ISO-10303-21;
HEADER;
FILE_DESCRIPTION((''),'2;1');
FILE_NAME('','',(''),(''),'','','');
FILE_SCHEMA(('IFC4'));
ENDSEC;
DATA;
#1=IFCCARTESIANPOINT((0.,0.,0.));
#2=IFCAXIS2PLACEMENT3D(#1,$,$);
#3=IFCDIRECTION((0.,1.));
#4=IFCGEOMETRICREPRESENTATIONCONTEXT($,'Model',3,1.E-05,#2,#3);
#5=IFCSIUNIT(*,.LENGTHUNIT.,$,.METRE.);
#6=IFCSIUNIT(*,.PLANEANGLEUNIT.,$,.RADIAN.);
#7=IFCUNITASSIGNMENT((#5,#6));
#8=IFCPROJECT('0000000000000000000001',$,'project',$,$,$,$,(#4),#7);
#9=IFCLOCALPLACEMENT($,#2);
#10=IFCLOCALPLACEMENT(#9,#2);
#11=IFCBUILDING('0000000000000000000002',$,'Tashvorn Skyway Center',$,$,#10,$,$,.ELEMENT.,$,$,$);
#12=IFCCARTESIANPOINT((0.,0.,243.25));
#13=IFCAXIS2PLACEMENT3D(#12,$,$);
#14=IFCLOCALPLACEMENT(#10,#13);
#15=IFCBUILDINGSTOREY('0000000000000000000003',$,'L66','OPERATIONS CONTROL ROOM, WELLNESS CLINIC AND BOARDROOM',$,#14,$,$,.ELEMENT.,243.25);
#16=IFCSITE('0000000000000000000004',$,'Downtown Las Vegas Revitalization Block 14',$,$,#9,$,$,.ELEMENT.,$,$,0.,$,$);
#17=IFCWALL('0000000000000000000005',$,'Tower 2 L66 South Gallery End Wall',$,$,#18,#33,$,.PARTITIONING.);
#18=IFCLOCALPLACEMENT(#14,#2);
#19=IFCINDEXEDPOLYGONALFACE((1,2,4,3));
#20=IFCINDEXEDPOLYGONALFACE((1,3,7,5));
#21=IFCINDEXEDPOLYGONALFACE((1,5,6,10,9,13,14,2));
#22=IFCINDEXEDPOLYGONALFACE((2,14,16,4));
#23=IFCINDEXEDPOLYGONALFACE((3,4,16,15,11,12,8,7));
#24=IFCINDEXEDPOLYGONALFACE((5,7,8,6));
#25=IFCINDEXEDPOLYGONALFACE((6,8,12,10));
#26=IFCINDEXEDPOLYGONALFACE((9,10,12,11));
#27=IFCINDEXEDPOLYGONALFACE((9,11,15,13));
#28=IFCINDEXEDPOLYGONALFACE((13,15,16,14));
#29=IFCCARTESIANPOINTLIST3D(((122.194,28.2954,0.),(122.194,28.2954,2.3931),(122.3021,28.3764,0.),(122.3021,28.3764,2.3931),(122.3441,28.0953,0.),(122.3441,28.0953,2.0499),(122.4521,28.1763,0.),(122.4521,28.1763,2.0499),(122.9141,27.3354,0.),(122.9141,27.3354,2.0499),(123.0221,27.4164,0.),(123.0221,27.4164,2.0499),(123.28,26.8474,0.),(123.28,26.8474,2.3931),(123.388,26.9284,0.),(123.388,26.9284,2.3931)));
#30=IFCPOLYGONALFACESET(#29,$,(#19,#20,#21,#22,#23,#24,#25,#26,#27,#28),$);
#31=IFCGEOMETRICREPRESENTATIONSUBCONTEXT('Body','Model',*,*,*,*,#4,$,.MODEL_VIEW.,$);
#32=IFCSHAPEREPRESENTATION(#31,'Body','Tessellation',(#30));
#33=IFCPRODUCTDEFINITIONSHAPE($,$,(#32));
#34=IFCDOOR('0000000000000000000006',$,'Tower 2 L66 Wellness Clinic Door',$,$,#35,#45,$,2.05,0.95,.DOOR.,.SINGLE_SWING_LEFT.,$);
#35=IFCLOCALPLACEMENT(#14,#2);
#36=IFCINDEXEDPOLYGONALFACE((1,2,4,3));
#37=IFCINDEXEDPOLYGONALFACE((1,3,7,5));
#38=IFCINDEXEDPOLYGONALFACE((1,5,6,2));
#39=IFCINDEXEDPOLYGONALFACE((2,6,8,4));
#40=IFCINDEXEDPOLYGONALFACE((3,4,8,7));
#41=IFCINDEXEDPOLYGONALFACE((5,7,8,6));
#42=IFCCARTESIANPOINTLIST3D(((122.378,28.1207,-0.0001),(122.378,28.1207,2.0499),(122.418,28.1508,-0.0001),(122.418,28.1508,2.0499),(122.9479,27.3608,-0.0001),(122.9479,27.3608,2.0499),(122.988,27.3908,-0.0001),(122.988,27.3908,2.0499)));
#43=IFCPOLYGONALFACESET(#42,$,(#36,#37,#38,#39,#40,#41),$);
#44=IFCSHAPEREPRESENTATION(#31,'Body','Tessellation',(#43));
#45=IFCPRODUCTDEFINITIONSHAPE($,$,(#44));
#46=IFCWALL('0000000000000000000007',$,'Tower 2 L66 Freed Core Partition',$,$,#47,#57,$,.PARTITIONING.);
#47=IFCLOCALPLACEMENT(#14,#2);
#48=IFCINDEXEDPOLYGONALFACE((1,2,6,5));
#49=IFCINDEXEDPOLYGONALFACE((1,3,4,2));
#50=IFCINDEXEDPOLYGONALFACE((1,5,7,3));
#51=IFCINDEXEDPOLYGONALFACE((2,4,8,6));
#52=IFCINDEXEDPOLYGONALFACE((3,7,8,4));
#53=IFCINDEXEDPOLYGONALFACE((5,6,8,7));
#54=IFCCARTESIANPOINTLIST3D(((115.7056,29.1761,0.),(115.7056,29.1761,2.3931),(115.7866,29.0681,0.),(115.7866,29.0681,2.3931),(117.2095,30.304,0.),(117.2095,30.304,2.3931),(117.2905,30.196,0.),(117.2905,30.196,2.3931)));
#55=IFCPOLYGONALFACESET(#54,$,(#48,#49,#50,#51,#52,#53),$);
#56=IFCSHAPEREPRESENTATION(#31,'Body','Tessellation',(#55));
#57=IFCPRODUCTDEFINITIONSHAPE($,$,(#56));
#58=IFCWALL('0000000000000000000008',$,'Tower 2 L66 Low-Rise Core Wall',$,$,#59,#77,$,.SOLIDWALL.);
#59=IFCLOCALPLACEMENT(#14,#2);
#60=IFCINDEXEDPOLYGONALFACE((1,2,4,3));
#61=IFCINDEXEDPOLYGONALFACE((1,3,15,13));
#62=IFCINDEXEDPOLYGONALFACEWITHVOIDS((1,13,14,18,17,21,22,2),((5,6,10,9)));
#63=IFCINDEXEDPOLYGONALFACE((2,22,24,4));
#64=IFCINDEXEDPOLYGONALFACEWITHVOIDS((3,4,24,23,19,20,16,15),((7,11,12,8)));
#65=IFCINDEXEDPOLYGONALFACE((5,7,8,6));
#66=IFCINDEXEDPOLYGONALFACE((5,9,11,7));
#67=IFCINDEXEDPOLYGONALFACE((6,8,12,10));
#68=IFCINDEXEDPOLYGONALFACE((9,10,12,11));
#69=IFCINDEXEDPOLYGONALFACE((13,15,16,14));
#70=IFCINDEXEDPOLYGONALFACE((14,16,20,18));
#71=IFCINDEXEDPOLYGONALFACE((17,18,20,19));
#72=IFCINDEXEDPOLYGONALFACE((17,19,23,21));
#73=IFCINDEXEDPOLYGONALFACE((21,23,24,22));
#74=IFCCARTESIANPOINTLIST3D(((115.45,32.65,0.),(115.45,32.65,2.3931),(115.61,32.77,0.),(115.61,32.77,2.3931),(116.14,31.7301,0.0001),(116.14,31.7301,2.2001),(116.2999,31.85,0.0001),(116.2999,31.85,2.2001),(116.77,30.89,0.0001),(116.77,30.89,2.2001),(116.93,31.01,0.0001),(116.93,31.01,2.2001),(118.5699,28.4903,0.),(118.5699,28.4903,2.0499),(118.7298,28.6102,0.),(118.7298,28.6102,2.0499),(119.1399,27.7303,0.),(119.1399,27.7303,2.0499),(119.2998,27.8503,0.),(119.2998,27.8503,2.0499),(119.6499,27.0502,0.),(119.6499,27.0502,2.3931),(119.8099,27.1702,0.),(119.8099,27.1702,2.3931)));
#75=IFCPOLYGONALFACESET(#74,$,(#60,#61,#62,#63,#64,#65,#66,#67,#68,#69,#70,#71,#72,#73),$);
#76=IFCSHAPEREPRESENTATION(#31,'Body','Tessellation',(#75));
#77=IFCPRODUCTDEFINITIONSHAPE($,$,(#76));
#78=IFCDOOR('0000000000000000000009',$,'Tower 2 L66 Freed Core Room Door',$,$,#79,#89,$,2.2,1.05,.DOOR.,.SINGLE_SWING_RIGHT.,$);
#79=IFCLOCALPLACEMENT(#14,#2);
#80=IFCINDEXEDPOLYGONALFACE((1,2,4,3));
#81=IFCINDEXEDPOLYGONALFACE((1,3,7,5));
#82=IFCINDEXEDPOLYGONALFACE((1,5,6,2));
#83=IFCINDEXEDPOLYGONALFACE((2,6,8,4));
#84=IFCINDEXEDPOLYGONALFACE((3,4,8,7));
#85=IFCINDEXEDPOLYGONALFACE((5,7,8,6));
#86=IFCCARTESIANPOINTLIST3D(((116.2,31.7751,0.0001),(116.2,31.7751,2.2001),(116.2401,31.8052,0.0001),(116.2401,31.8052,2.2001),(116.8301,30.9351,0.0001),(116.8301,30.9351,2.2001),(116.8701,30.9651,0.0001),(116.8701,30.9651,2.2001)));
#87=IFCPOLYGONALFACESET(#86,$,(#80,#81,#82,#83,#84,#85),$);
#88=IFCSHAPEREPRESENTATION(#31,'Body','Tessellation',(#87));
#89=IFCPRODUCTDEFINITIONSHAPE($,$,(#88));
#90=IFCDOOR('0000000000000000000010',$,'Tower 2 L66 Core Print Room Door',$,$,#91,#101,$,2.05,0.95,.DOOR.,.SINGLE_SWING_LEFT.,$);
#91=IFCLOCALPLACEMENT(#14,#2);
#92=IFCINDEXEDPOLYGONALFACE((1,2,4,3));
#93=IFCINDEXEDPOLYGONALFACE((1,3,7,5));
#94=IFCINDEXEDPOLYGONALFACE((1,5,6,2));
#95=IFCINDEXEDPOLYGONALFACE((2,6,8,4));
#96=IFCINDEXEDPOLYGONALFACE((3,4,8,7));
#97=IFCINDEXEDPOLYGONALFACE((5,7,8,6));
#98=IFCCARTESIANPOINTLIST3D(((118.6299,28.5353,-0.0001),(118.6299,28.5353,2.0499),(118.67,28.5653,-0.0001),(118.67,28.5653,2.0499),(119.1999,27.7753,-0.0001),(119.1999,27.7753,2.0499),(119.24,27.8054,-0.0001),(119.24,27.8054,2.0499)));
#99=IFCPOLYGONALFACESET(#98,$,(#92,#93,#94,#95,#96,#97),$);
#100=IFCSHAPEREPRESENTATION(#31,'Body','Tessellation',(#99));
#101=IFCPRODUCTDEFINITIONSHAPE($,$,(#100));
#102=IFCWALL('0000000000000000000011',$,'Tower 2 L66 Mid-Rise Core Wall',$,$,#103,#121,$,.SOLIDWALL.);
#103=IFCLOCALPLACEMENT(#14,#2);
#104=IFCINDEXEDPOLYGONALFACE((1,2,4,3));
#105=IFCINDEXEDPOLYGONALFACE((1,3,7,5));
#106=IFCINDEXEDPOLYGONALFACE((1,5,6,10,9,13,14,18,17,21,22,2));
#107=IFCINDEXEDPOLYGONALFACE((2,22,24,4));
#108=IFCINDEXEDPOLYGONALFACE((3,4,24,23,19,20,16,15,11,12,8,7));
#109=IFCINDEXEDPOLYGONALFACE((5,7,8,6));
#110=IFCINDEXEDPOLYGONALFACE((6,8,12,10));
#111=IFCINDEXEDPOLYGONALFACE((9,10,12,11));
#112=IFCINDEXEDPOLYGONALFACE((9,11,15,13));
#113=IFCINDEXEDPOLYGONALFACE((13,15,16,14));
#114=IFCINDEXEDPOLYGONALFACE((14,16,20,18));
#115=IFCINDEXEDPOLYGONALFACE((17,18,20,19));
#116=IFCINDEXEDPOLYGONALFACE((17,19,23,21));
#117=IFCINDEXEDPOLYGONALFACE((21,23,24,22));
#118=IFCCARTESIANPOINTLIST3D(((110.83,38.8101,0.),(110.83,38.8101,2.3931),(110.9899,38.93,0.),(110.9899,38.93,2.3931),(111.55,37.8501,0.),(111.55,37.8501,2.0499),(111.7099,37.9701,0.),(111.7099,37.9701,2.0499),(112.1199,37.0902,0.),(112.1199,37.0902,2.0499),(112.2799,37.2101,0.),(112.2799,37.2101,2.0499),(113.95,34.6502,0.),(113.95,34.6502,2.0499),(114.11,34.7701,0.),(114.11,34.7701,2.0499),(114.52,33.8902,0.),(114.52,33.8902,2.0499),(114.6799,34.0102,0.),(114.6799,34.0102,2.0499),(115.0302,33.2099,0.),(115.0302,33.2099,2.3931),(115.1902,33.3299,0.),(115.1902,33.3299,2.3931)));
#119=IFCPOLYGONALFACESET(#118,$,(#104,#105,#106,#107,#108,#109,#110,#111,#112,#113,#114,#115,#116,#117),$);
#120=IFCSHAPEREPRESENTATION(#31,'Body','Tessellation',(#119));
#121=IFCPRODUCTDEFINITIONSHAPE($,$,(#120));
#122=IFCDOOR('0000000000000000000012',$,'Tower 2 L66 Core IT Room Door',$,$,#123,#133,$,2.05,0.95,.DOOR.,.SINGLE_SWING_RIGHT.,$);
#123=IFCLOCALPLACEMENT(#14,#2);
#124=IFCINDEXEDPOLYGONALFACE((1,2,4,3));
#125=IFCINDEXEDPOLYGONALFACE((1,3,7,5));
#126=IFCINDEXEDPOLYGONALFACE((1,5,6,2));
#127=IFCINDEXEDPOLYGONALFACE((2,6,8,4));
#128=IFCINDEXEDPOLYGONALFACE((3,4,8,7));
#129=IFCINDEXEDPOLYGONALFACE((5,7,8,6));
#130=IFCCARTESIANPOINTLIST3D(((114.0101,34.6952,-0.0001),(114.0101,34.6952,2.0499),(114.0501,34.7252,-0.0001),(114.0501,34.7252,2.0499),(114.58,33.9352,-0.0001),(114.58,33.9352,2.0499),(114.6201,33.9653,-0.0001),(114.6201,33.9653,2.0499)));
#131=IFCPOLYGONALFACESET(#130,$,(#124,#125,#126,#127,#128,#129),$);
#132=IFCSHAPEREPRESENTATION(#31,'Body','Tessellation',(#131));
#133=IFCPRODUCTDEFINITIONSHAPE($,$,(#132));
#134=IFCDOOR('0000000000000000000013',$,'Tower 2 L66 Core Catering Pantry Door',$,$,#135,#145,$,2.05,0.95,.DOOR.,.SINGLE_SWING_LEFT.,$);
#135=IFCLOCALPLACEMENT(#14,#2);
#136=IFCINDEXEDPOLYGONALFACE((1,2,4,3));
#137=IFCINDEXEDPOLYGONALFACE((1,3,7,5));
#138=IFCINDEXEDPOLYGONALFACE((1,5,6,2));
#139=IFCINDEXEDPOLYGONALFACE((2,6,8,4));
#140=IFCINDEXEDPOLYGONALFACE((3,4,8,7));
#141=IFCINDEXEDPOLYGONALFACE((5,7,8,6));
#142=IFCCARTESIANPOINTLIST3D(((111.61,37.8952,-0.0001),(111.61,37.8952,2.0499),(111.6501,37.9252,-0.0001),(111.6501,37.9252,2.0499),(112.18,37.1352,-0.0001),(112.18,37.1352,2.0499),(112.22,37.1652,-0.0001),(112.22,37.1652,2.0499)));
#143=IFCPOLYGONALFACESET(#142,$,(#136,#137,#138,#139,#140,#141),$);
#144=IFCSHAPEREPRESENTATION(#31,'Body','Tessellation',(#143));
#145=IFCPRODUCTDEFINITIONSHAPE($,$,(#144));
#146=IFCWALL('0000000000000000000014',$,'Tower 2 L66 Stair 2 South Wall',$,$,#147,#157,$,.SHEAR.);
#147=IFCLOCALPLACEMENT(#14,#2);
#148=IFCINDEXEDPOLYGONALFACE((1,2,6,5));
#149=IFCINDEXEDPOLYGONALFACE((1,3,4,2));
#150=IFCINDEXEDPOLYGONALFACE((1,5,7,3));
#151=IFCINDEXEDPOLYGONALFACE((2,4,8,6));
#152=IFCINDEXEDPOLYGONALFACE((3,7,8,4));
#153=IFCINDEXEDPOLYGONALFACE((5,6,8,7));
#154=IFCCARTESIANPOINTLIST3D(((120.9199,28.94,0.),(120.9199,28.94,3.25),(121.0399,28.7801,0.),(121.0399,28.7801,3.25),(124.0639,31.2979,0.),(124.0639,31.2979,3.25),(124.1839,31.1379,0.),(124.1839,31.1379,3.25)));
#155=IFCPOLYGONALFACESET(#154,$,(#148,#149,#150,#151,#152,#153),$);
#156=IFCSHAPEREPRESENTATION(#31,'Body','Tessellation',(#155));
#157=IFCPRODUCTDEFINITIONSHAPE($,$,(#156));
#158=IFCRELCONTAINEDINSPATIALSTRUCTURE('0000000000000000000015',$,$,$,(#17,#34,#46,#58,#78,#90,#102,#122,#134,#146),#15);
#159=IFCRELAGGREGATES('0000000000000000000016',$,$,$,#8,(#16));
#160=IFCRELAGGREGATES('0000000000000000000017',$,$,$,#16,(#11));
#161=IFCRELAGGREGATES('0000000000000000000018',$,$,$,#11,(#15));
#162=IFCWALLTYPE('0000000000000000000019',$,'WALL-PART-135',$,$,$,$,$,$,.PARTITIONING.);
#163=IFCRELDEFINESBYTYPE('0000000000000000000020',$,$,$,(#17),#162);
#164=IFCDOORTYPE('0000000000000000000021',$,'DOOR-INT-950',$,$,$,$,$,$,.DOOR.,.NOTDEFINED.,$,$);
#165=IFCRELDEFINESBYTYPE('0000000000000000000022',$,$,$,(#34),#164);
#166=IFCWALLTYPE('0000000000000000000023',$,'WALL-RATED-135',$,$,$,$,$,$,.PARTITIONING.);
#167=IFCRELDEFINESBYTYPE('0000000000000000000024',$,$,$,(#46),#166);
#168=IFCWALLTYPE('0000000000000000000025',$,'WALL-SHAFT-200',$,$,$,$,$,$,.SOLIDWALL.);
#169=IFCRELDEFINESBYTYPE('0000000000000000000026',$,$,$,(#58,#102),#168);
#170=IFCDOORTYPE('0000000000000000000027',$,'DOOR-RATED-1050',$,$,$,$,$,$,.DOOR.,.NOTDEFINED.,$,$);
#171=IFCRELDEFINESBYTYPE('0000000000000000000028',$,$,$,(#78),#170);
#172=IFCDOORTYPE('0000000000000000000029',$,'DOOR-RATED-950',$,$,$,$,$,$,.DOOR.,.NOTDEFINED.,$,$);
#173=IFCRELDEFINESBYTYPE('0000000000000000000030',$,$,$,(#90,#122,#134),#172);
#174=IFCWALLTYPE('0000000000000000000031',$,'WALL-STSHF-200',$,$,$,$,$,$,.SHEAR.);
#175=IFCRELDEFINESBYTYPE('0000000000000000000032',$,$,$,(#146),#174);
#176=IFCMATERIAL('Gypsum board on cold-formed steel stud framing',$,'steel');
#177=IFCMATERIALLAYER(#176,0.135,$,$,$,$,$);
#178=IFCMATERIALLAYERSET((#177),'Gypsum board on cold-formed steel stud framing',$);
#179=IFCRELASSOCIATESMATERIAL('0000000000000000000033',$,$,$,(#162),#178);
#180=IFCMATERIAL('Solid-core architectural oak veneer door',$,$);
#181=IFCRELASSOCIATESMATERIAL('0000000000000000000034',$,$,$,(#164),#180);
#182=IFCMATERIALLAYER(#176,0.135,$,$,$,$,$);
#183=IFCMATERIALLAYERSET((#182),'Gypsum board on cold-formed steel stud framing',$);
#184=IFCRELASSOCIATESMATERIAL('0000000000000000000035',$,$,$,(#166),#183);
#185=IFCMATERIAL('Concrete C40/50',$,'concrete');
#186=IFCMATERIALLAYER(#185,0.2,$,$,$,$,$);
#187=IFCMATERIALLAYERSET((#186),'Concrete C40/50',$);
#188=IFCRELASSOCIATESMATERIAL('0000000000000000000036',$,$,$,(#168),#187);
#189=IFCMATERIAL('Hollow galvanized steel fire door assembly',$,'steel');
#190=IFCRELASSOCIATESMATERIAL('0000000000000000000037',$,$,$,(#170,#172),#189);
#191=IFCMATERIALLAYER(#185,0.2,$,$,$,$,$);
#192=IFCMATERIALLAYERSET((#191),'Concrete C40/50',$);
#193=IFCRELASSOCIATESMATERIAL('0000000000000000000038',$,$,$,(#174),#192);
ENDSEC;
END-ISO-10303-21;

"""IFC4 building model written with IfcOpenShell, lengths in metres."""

from ifc_helpers import new_model, si_unit, direction, frame, frame_2d, origin, place, context, subcontext, project, spatial, rectangle, extrude, material, layer, layer_set, type_object, element, fill, save


model = new_model("IFC4")

# Units and contexts
model_context = context("Model", 3, precision=1e-05, world=origin(), true_north=direction((0.0, 1.0)))
body_context = subcontext(model_context, "Body", "Model", "MODEL_VIEW")
ifc_project = project(units=[si_unit("LENGTHUNIT", "METRE"), si_unit("PLANEANGLEUNIT", "RADIAN")], contexts=[model_context])

# Site, building, storey
site_placement = place(None, origin())
site = spatial("IfcSite", under=ifc_project, at=site_placement, Name="Downtown Las Vegas Revitalization Block 14", CompositionType="ELEMENT", RefElevation=0.0)
building_placement = place(site_placement, origin())
building = spatial("IfcBuilding", under=site, at=building_placement, Name="Tashvorn Skyway Center", CompositionType="ELEMENT")
storey_placement = place(building_placement, frame((0.0, 0.0, 243.25)))
storey = spatial("IfcBuildingStorey", under=building, at=storey_placement, Name="L66", Description="OPERATIONS CONTROL ROOM, WELLNESS CLINIC AND BOARDROOM", CompositionType="ELEMENT", Elevation=243.25)

# Wall, opening, door
ifc_material_1 = material(Name="Gypsum board on cold-formed steel stud framing", Category="steel")
ifc_layer_1 = layer(ifc_material_1, 0.135)
ifc_layer_set_1 = layer_set([ifc_layer_1], Name="Gypsum board on cold-formed steel stud framing")
wall_type_1 = type_object("IfcWallType", Name="WALL-PART-135", PredefinedType="PARTITIONING", material=ifc_layer_set_1)
wall_1_placement = place(storey_placement, frame((122.248, 28.3359, 0.0), z_axis=(0.0, 0.0, 1.0), x_axis=(0.599978, -0.800016, 0.0)))
wall_1 = element("IfcWall", 1, at=wall_1_placement, inside=storey, type_object=wall_type_1, Name="Tower 2 L66 South Gallery End Wall", PredefinedType="PARTITIONING", context=body_context, shape_type="SweptSolid", body=[
    extrude(rectangle(XDim=1.8101, YDim=0.135, at=frame_2d((0.905, 0.0))), origin(), (0.0, 0.0, 1.0), 2.3931),
])
opening_1_placement = place(wall_1_placement, frame((0.25, 0.0, 0.0)))
opening_1 = element("IfcOpeningElement", 2, at=opening_1_placement, cuts=wall_1, PredefinedType="OPENING", context=body_context, shape_type="SweptSolid", body=[
    extrude(rectangle(XDim=0.95, YDim=2.05, at=frame_2d((0.4751, 1.0249))), frame((0.0, 0.0774, 0.0), z_axis=(0.0, -1.0, 0.0), x_axis=(1.0, 0.0, 0.0)), (0.0, 0.0, 1.0), 0.155),
])
ifc_material_2 = material(Name="Solid-core architectural oak veneer door")
door_type_1 = type_object("IfcDoorType", Name="DOOR-INT-950", OperationType="NOTDEFINED", PredefinedType="DOOR", material=ifc_material_2)
door_1_placement = place(opening_1_placement, origin())
door_1 = element("IfcDoor", 3, at=door_1_placement, inside=storey, type_object=door_type_1, Name="Tower 2 L66 Wellness Clinic Door", OperationType="SINGLE_SWING_LEFT", OverallHeight=2.05, OverallWidth=0.95, PredefinedType="DOOR", context=body_context, shape_type="SweptSolid", body=[
    extrude(rectangle(XDim=0.95, YDim=2.05, at=frame_2d((0.4751, 1.0249))), frame((0.0, 0.0249, 0.0), z_axis=(0.0, -1.0, 0.0), x_axis=(1.0, 0.0, 0.0)), (0.0, 0.0, 1.0), 0.05),
])
fill(opening_1, door_1)

# Wall
ifc_layer_2 = layer(ifc_material_1, 0.135)
ifc_layer_set_2 = layer_set([ifc_layer_2], Name="Gypsum board on cold-formed steel stud framing")
wall_type_2 = type_object("IfcWallType", Name="WALL-RATED-135", PredefinedType="PARTITIONING", material=ifc_layer_set_2)
wall_2_placement = place(storey_placement, frame((115.7461, 29.1221, 0.0), z_axis=(0.0, 0.0, 1.0), x_axis=(0.8, 0.6, 0.0)))
element("IfcWall", 4, at=wall_2_placement, inside=storey, type_object=wall_type_2, Name="Tower 2 L66 Freed Core Partition", PredefinedType="PARTITIONING", context=body_context, shape_type="SweptSolid", body=[
    extrude(rectangle(XDim=1.8799, YDim=0.135, at=frame_2d((0.9399, 0.0))), origin(), (0.0, 0.0, 1.0), 2.3931),
])

# Walls, openings, doors
ifc_material_3 = material(Name="Concrete C40/50", Category="concrete")
ifc_layer_3 = layer(ifc_material_3, 0.2)
ifc_layer_set_3 = layer_set([ifc_layer_3], Name="Concrete C40/50")
wall_type_3 = type_object("IfcWallType", Name="WALL-SHAFT-200", PredefinedType="SOLIDWALL", material=ifc_layer_set_3)
wall_3_placement = place(storey_placement, frame((119.73, 27.1101, 0.0), z_axis=(0.0, 0.0, 1.0), x_axis=(-0.600006, 0.799996, 0.0)))
wall_3 = element("IfcWall", 5, at=wall_3_placement, inside=storey, type_object=wall_type_3, Name="Tower 2 L66 Low-Rise Core Wall", PredefinedType="SOLIDWALL", context=body_context, shape_type="SweptSolid", body=[
    extrude(rectangle(XDim=6.9998, YDim=0.2, at=frame_2d((3.5, 0.0))), origin(), (0.0, 0.0, 1.0), 2.3931),
])
opening_2_placement = place(wall_3_placement, frame((0.8501, 0.0, 0.0)))
opening_2 = element("IfcOpeningElement", 6, at=opening_2_placement, cuts=wall_3, PredefinedType="OPENING", context=body_context, shape_type="SweptSolid", body=[
    extrude(rectangle(XDim=0.95, YDim=2.05, at=frame_2d((0.4751, 1.0249))), frame((0.0, 0.1099, 0.0), z_axis=(0.0, -1.0, 0.0), x_axis=(1.0, 0.0, 0.0)), (0.0, 0.0, 1.0), 0.22),
])
opening_3_placement = place(wall_3_placement, frame((4.8, 0.0, 0.0)))
opening_3 = element("IfcOpeningElement", 7, at=opening_3_placement, cuts=wall_3, PredefinedType="OPENING", context=body_context, shape_type="SweptSolid", body=[
    extrude(rectangle(XDim=1.05, YDim=2.2, at=frame_2d((0.5249, 1.1001))), frame((0.0, 0.1099, 0.0), z_axis=(0.0, -1.0, 0.0), x_axis=(1.0, 0.0, 0.0)), (0.0, 0.0, 1.0), 0.22),
])
ifc_material_4 = material(Name="Hollow galvanized steel fire door assembly", Category="steel")
door_type_2 = type_object("IfcDoorType", Name="DOOR-RATED-1050", OperationType="NOTDEFINED", PredefinedType="DOOR", material=ifc_material_4)
door_2_placement = place(opening_3_placement, origin())
door_2 = element("IfcDoor", 8, at=door_2_placement, inside=storey, type_object=door_type_2, Name="Tower 2 L66 Freed Core Room Door", OperationType="SINGLE_SWING_RIGHT", OverallHeight=2.2, OverallWidth=1.05, PredefinedType="DOOR", context=body_context, shape_type="SweptSolid", body=[
    extrude(rectangle(XDim=1.05, YDim=2.2, at=frame_2d((0.5249, 1.1001))), frame((0.0, 0.0249, 0.0), z_axis=(0.0, -1.0, 0.0), x_axis=(1.0, 0.0, 0.0)), (0.0, 0.0, 1.0), 0.05),
])
fill(opening_3, door_2)
door_type_3 = type_object("IfcDoorType", Name="DOOR-RATED-950", OperationType="NOTDEFINED", PredefinedType="DOOR", material=ifc_material_4)
door_3_placement = place(opening_2_placement, origin())
door_3 = element("IfcDoor", 9, at=door_3_placement, inside=storey, type_object=door_type_3, Name="Tower 2 L66 Core Print Room Door", OperationType="SINGLE_SWING_LEFT", OverallHeight=2.05, OverallWidth=0.95, PredefinedType="DOOR", context=body_context, shape_type="SweptSolid", body=[
    extrude(rectangle(XDim=0.95, YDim=2.05, at=frame_2d((0.4751, 1.0249))), frame((0.0, 0.0249, 0.0), z_axis=(0.0, -1.0, 0.0), x_axis=(1.0, 0.0, 0.0)), (0.0, 0.0, 1.0), 0.05),
])
fill(opening_2, door_3)
wall_4_placement = place(storey_placement, frame((115.1101, 33.27, 0.0), z_axis=(0.0, 0.0, 1.0), x_axis=(-0.600011, 0.799992, 0.0)))
wall_4 = element("IfcWall", 10, at=wall_4_placement, inside=storey, type_object=wall_type_3, Name="Tower 2 L66 Mid-Rise Core Wall", PredefinedType="SOLIDWALL", context=body_context, shape_type="SweptSolid", body=[
    extrude(rectangle(XDim=7.0002, YDim=0.2, at=frame_2d((3.5, 0.0))), origin(), (0.0, 0.0, 1.0), 2.3931),
])
opening_4_placement = place(wall_4_placement, frame((0.8501, 0.0, 0.0)))
opening_4 = element("IfcOpeningElement", 11, at=opening_4_placement, cuts=wall_4, PredefinedType="OPENING", context=body_context, shape_type="SweptSolid", body=[
    extrude(rectangle(XDim=0.95, YDim=2.05, at=frame_2d((0.4751, 1.0249))), frame((0.0, 0.1099, 0.0), z_axis=(0.0, -1.0, 0.0), x_axis=(1.0, 0.0, 0.0)), (0.0, 0.0, 1.0), 0.22),
])
opening_5_placement = place(wall_4_placement, frame((4.8501, 0.0, 0.0)))
opening_5 = element("IfcOpeningElement", 12, at=opening_5_placement, cuts=wall_4, PredefinedType="OPENING", context=body_context, shape_type="SweptSolid", body=[
    extrude(rectangle(XDim=0.95, YDim=2.05, at=frame_2d((0.4751, 1.0249))), frame((0.0, 0.1099, 0.0), z_axis=(0.0, -1.0, 0.0), x_axis=(1.0, 0.0, 0.0)), (0.0, 0.0, 1.0), 0.22),
])
door_4_placement = place(opening_4_placement, origin())
door_4 = element("IfcDoor", 13, at=door_4_placement, inside=storey, type_object=door_type_3, Name="Tower 2 L66 Core IT Room Door", OperationType="SINGLE_SWING_RIGHT", OverallHeight=2.05, OverallWidth=0.95, PredefinedType="DOOR", context=body_context, shape_type="SweptSolid", body=[
    extrude(rectangle(XDim=0.95, YDim=2.05, at=frame_2d((0.4751, 1.0249))), frame((0.0, 0.0249, 0.0), z_axis=(0.0, -1.0, 0.0), x_axis=(1.0, 0.0, 0.0)), (0.0, 0.0, 1.0), 0.05),
])
fill(opening_4, door_4)
door_5_placement = place(opening_5_placement, origin())
door_5 = element("IfcDoor", 14, at=door_5_placement, inside=storey, type_object=door_type_3, Name="Tower 2 L66 Core Catering Pantry Door", OperationType="SINGLE_SWING_LEFT", OverallHeight=2.05, OverallWidth=0.95, PredefinedType="DOOR", context=body_context, shape_type="SweptSolid", body=[
    extrude(rectangle(XDim=0.95, YDim=2.05, at=frame_2d((0.4751, 1.0249))), frame((0.0, 0.0249, 0.0), z_axis=(0.0, -1.0, 0.0), x_axis=(1.0, 0.0, 0.0)), (0.0, 0.0, 1.0), 0.05),
])
fill(opening_5, door_5)

# Wall
ifc_layer_4 = layer(ifc_material_3, 0.2)
ifc_layer_set_4 = layer_set([ifc_layer_4], Name="Concrete C40/50")
wall_type_4 = type_object("IfcWallType", Name="WALL-STSHF-200", PredefinedType="SHEAR", material=ifc_layer_set_4)
wall_5_placement = place(storey_placement, frame((120.98, 28.8601, 0.0), z_axis=(0.0, 0.0, 1.0), x_axis=(0.800015, 0.59998, 0.0)))
element("IfcWall", 15, at=wall_5_placement, inside=storey, type_object=wall_type_4, Name="Tower 2 L66 Stair 2 South Wall", PredefinedType="SHEAR", context=body_context, shape_type="SweptSolid", body=[
    extrude(rectangle(XDim=3.9299, YDim=0.2, at=frame_2d((1.9648, 0.0))), origin(), (0.0, 0.0, 1.0), 3.25),
])

save(model, "model.ifc")
